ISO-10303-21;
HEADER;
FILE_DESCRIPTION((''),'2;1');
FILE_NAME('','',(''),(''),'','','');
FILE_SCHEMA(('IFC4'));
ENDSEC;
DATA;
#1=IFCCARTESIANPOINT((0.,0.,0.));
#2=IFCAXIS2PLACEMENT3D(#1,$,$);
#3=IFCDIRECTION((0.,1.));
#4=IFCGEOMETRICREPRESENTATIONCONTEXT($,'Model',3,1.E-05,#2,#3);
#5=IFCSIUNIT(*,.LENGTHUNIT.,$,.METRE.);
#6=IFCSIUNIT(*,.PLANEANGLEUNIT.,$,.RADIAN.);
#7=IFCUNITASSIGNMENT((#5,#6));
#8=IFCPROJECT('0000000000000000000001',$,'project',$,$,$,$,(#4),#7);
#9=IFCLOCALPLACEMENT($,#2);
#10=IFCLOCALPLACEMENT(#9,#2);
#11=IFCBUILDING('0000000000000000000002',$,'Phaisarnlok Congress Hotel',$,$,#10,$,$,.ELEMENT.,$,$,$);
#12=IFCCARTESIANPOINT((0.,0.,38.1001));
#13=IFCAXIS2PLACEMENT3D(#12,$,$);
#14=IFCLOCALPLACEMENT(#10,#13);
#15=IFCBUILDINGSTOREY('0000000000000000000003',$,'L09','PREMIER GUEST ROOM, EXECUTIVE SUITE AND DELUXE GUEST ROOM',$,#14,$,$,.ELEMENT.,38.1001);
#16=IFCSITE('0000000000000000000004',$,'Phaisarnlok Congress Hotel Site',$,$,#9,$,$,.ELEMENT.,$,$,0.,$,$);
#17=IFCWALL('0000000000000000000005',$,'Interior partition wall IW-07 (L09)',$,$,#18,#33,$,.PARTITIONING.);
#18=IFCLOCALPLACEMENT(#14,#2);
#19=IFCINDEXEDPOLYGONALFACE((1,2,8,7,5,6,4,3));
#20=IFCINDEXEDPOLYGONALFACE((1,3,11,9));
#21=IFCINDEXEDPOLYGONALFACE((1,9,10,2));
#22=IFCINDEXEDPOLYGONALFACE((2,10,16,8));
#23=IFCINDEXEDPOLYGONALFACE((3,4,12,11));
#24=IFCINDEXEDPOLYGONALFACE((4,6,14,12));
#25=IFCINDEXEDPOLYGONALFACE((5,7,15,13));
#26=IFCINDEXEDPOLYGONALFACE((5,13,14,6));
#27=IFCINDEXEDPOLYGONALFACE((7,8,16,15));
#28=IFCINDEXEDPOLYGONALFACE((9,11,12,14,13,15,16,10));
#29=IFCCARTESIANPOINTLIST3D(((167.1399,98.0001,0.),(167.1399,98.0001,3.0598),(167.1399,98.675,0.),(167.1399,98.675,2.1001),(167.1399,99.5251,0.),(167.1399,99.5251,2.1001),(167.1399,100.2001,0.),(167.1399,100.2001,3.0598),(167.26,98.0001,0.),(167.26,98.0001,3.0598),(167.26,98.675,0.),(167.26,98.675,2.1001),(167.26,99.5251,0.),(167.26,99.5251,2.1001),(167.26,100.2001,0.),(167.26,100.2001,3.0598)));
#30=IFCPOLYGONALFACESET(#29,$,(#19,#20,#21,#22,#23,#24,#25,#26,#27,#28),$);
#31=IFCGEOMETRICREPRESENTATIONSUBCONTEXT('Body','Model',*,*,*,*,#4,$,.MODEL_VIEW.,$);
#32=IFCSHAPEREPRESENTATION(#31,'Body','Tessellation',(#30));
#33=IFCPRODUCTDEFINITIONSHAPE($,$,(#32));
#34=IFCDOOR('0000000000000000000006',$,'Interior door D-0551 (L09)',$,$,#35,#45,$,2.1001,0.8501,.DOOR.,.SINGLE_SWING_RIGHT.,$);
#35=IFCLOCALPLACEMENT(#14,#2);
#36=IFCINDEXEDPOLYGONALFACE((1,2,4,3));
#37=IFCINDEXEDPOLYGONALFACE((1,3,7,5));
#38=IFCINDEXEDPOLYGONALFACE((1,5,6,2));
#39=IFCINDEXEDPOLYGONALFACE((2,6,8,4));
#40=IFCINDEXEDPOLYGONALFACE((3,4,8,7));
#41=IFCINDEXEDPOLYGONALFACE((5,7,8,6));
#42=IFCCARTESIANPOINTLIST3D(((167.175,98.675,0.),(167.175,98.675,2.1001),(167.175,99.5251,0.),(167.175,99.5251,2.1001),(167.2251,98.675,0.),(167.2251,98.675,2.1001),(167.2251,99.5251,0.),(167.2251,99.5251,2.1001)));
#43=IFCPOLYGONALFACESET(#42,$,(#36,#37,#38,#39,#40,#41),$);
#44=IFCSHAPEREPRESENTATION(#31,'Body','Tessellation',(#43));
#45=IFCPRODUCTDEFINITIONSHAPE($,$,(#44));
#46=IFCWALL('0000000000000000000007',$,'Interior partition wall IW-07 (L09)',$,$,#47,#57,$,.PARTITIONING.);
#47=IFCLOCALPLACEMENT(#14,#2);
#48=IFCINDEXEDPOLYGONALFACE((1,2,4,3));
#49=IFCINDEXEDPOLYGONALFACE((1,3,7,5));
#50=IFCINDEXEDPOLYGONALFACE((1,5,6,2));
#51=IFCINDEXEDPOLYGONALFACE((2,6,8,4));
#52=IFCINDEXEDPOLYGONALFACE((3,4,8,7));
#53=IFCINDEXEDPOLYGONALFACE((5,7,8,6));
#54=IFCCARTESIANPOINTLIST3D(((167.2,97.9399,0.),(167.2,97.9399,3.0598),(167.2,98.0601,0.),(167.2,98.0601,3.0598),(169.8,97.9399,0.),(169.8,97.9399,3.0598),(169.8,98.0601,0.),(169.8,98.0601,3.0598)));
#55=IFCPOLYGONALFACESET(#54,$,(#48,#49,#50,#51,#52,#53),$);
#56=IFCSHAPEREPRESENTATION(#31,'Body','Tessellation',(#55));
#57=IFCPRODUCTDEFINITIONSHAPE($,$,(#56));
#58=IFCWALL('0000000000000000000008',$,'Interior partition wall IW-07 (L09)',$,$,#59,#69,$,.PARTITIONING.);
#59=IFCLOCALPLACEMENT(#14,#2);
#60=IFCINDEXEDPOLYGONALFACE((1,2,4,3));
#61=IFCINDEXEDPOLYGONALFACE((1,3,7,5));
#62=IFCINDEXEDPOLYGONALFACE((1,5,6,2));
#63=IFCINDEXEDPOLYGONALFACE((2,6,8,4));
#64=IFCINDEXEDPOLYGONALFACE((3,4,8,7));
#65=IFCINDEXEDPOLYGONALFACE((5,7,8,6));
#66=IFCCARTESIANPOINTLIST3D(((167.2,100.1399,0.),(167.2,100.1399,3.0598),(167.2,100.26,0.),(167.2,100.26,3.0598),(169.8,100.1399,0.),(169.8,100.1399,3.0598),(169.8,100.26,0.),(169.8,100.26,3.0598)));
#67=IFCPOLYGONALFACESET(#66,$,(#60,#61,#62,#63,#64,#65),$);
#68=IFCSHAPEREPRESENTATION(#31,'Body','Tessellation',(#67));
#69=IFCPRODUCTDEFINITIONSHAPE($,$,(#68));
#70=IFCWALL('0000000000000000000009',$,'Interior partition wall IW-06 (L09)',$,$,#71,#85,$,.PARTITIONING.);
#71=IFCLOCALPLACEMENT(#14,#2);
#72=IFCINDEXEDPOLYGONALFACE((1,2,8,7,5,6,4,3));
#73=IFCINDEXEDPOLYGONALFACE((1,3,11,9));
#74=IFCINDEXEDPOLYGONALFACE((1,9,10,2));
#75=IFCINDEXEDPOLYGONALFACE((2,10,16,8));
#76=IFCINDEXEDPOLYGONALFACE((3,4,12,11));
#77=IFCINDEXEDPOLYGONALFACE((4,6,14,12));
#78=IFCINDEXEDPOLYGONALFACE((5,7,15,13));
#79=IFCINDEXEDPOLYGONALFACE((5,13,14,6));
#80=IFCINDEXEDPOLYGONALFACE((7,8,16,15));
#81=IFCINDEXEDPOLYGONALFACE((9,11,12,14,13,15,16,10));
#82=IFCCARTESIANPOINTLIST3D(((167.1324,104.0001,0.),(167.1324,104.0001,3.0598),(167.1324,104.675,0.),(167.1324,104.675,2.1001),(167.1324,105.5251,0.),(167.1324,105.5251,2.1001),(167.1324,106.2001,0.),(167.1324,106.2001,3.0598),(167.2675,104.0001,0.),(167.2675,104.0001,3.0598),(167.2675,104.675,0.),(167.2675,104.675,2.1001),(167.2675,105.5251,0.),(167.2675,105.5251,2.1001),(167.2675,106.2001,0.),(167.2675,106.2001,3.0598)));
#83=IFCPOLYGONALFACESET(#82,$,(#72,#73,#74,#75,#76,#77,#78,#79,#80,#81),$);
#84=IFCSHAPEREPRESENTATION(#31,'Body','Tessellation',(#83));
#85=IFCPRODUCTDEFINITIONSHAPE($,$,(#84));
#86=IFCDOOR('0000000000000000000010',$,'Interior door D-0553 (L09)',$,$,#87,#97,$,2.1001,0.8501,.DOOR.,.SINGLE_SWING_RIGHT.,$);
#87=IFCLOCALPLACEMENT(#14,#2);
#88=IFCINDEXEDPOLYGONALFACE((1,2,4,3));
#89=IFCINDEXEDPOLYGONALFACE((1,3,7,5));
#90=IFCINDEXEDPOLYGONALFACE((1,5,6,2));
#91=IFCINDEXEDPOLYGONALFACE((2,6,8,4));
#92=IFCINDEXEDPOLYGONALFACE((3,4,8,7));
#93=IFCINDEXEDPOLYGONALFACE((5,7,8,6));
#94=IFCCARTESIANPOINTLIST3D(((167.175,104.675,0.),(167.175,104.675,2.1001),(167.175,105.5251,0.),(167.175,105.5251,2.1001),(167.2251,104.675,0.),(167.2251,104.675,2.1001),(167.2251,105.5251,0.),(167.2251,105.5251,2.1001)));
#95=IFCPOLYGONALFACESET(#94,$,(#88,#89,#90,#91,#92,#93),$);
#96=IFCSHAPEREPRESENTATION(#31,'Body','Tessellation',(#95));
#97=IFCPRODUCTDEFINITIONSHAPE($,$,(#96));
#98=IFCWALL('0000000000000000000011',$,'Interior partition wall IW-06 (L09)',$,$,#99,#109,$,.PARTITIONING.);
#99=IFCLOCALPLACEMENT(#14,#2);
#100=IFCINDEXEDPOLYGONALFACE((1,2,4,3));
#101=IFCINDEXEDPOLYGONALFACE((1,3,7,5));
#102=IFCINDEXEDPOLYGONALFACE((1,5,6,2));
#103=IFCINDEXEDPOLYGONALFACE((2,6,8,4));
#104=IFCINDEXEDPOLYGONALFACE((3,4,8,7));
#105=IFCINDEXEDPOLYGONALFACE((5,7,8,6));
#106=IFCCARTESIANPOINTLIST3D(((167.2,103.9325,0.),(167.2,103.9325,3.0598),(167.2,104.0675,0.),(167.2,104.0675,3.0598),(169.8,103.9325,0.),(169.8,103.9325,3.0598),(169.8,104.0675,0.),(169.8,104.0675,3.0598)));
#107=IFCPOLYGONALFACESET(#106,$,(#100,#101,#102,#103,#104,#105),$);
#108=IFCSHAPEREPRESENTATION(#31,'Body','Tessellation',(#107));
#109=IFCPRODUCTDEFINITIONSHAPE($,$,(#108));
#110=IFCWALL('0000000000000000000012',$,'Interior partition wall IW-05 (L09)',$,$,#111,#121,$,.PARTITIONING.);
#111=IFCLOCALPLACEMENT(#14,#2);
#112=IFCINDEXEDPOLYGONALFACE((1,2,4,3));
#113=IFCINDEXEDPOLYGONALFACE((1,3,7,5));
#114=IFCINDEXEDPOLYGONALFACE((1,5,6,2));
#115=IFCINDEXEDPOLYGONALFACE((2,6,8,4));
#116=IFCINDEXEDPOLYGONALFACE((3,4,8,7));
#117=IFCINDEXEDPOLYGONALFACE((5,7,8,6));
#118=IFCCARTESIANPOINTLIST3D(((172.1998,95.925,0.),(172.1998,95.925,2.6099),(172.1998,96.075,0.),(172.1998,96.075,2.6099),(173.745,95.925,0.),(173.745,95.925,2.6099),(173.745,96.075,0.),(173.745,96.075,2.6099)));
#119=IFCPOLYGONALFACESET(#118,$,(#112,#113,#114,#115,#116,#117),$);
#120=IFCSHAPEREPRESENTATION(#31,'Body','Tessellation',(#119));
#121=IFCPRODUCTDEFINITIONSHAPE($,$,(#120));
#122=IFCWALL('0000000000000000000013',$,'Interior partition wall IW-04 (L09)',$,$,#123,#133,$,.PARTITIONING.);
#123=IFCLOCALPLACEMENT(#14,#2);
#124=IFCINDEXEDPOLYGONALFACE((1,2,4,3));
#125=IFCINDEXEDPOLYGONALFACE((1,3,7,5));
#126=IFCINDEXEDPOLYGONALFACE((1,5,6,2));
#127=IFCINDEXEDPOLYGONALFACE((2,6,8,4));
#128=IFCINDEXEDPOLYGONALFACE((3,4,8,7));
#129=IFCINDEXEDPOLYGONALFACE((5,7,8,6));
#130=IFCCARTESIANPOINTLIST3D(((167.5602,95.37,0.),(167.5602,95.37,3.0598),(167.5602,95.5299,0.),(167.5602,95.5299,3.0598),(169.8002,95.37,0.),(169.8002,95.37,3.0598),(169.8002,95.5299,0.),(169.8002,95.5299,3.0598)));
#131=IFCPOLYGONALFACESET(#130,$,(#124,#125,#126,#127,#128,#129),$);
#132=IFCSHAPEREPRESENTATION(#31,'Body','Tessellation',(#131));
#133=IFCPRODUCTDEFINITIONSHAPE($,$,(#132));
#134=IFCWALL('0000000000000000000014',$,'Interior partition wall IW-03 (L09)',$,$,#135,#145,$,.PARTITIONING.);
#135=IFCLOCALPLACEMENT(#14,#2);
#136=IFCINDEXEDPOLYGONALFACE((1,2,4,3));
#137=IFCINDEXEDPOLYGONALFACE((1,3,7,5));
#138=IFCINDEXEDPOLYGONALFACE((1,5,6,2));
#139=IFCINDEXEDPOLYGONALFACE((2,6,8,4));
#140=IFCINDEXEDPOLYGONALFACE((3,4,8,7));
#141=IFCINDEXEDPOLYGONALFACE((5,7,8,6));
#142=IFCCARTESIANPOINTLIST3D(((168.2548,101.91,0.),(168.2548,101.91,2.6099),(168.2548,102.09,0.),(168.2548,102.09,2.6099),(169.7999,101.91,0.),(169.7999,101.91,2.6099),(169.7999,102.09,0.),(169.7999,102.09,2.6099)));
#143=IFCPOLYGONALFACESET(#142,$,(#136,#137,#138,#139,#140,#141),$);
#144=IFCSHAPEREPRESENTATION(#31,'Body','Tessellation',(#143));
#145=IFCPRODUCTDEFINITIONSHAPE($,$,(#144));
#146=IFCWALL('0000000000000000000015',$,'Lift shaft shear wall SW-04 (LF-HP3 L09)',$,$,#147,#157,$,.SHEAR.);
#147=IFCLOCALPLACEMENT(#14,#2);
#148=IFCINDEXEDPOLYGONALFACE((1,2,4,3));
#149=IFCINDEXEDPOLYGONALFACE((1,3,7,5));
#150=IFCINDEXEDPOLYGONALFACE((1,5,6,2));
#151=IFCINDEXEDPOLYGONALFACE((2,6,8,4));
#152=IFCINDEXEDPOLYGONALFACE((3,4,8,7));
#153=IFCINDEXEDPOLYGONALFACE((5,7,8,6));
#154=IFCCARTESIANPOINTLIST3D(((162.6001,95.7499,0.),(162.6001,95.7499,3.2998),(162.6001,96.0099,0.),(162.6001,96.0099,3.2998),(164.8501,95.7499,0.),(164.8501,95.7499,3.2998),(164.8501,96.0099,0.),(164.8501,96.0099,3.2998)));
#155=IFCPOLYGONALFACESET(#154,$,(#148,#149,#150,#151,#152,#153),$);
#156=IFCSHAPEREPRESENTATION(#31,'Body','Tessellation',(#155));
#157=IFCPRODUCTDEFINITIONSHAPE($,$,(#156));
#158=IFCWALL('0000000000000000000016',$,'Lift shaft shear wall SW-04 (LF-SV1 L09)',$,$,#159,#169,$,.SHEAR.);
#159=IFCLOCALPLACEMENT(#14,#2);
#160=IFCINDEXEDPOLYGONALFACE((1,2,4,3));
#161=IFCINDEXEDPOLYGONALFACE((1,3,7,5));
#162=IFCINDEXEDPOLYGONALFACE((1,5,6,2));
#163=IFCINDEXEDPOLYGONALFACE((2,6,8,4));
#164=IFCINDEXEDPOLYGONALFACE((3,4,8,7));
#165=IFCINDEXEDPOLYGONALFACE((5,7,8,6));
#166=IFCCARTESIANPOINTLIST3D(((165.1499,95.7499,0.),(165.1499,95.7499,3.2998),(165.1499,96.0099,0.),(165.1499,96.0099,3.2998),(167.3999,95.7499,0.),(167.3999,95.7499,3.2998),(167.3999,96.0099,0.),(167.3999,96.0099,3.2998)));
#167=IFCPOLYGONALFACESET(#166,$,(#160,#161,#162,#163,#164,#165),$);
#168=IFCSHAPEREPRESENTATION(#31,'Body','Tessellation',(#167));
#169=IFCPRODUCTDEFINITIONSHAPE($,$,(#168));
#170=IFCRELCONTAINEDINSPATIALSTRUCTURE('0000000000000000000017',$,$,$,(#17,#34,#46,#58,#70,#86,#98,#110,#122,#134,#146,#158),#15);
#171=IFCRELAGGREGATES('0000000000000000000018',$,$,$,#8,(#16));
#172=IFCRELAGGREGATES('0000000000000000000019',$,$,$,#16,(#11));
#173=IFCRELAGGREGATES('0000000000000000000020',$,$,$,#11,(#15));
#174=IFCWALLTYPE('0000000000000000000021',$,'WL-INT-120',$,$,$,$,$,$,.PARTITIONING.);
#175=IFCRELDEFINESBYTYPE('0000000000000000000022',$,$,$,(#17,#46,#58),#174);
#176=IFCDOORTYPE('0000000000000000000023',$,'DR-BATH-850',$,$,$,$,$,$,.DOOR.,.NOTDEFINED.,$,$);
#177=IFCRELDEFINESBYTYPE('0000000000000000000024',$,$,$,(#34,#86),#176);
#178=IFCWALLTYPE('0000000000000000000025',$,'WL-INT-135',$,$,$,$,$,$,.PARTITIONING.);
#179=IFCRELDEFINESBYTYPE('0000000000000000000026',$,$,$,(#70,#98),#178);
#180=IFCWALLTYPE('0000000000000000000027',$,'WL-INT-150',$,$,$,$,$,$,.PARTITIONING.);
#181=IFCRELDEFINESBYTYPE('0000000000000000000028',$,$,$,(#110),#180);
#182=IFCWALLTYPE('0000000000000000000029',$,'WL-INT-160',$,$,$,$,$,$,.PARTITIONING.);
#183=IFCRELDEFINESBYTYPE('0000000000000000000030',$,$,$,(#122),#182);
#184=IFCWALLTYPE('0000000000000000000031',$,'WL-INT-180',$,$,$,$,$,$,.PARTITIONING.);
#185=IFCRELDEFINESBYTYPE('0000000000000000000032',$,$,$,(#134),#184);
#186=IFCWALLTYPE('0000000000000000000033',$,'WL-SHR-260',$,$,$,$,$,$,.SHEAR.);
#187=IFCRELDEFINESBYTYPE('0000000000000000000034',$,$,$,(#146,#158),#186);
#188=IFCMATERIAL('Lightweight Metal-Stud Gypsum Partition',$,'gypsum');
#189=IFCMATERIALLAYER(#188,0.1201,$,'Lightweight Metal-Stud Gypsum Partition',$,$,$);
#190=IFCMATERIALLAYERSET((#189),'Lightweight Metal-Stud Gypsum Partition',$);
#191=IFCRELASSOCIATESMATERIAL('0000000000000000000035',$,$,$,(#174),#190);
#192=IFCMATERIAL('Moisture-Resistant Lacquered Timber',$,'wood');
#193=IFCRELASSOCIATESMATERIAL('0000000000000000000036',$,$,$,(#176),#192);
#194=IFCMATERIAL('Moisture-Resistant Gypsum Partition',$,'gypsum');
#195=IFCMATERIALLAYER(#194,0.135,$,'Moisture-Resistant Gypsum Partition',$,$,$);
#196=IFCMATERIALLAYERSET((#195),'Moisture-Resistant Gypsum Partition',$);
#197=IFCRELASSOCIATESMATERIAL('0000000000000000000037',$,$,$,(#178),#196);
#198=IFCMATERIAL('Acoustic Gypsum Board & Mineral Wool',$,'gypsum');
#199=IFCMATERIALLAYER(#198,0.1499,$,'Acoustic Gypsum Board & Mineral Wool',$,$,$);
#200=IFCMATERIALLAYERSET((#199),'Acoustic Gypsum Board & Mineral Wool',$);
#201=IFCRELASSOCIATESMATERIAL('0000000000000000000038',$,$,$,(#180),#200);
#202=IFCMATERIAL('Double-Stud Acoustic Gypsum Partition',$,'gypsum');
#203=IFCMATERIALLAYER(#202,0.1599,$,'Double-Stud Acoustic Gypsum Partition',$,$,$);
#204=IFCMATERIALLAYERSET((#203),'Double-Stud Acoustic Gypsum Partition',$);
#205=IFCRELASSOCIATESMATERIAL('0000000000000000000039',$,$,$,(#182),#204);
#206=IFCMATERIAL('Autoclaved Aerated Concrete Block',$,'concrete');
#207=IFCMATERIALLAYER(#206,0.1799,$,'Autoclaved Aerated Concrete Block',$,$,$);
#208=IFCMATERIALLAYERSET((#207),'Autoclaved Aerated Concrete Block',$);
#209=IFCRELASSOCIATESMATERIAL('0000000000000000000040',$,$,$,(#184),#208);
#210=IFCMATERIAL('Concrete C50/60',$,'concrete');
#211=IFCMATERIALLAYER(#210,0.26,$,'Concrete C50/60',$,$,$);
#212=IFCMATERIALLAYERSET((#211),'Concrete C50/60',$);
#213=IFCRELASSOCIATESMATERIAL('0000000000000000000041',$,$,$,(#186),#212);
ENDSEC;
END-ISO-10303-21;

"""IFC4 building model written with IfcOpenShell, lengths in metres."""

from ifc_helpers import new_model, si_unit, direction, frame, frame_2d, origin, place, context, subcontext, project, spatial, rectangle, extrude, material, layer, layer_set, type_object, element, fill, save


model = new_model("IFC4")

# Units and contexts
model_context = context("Model", 3, precision=1e-05, world=origin(), true_north=direction((0.0, 1.0)))
body_context = subcontext(model_context, "Body", "Model", "MODEL_VIEW")
ifc_project = project(units=[si_unit("LENGTHUNIT", "METRE"), si_unit("PLANEANGLEUNIT", "RADIAN")], contexts=[model_context])

# Site, building, storey
site_placement = place(None, origin())
site = spatial("IfcSite", under=ifc_project, at=site_placement, Name="Phaisarnlok Congress Hotel Site", CompositionType="ELEMENT", RefElevation=0.0)
building_placement = place(site_placement, origin())
building = spatial("IfcBuilding", under=site, at=building_placement, Name="Phaisarnlok Congress Hotel", CompositionType="ELEMENT")
storey_placement = place(building_placement, frame((0.0, 0.0, 38.1001)))
storey = spatial("IfcBuildingStorey", under=building, at=storey_placement, Name="L09", Description="PREMIER GUEST ROOM, EXECUTIVE SUITE AND DELUXE GUEST ROOM", CompositionType="ELEMENT", Elevation=38.1001)

# Shared definitions
ifc_material_1 = material(Name="Concrete C50/60", Category="concrete")

# Wall, opening, door
ifc_material_2 = material(Name="Lightweight Metal-Stud Gypsum Partition", Category="gypsum")
ifc_layer_1 = layer(ifc_material_2, 0.1201, Name="Lightweight Metal-Stud Gypsum Partition")
ifc_layer_set_1 = layer_set([ifc_layer_1], Name="Lightweight Metal-Stud Gypsum Partition")
wall_type_1 = type_object("IfcWallType", Name="WL-INT-120", PredefinedType="PARTITIONING", material=ifc_layer_set_1)
wall_1_placement = place(storey_placement, frame((167.2, 98.0, 0.0), z_axis=(0.0, 0.0, 1.0), x_axis=(0.0, 1.0, 0.0)))
wall_1 = element("IfcWall", 1, at=wall_1_placement, inside=storey, type_object=wall_type_1, Name="Interior partition wall IW-07 (L09)", PredefinedType="PARTITIONING", context=body_context, shape_type="SweptSolid", body=[
    extrude(rectangle(XDim=2.2, YDim=0.1201, at=frame_2d((1.1001, 0.0))), origin(), (0.0, 0.0, 1.0), 3.0598),
])
opening_1_placement = place(wall_1_placement, frame((0.675, 0.0, 0.0)))
opening_1 = element("IfcOpeningElement", 2, at=opening_1_placement, cuts=wall_1, PredefinedType="OPENING", context=body_context, shape_type="SweptSolid", body=[
    extrude(rectangle(XDim=0.8501, YDim=2.1001, at=frame_2d((0.425, 1.05))), frame((0.0, 0.0701, 0.0), z_axis=(0.0, -1.0, 0.0), x_axis=(1.0, 0.0, 0.0)), (0.0, 0.0, 1.0), 0.1401),
])
ifc_material_3 = material(Name="Moisture-Resistant Lacquered Timber", Category="wood")
door_type = type_object("IfcDoorType", Name="DR-BATH-850", OperationType="NOTDEFINED", PredefinedType="DOOR", material=ifc_material_3)
door_1_placement = place(opening_1_placement, origin())
door_1 = element("IfcDoor", 3, at=door_1_placement, inside=storey, type_object=door_type, Name="Interior door D-0551 (L09)", OperationType="SINGLE_SWING_RIGHT", OverallHeight=2.1001, OverallWidth=0.8501, PredefinedType="DOOR", context=body_context, shape_type="SweptSolid", body=[
    extrude(rectangle(XDim=0.8501, YDim=2.1001, at=frame_2d((0.425, 1.05))), frame((0.0, 0.0249, 0.0), z_axis=(0.0, -1.0, 0.0), x_axis=(1.0, 0.0, 0.0)), (0.0, 0.0, 1.0), 0.05),
])
fill(opening_1, door_1)

# Walls
for number, where, z_axis, x_axis, name in (
    (4, (167.2, 98.0, 0.0), (0.0, 0.0, 1.0), (1.0, 0.0, 0.0), "Interior partition wall IW-07 (L09)"),
    (5, (167.2, 100.2, 0.0), (0.0, 0.0, 1.0), (1.0, 0.0, 0.0), "Interior partition wall IW-07 (L09)"),
):
    element("IfcWall", number, at=place(storey_placement, frame(where, z_axis=z_axis, x_axis=x_axis)), inside=storey, type_object=wall_type_1, Name=name, PredefinedType="PARTITIONING", context=body_context, shape_type="SweptSolid", body=[
        extrude(rectangle(XDim=2.6001, YDim=0.1201, at=frame_2d((1.3, 0.0))), origin(), (0.0, 0.0, 1.0), 3.0598),
    ])

# Wall, opening, door
ifc_material_4 = material(Name="Moisture-Resistant Gypsum Partition", Category="gypsum")
ifc_layer_2 = layer(ifc_material_4, 0.135, Name="Moisture-Resistant Gypsum Partition")
ifc_layer_set_2 = layer_set([ifc_layer_2], Name="Moisture-Resistant Gypsum Partition")
wall_type_2 = type_object("IfcWallType", Name="WL-INT-135", PredefinedType="PARTITIONING", material=ifc_layer_set_2)
wall_2_placement = place(storey_placement, frame((167.2, 104.0, 0.0), z_axis=(0.0, 0.0, 1.0), x_axis=(0.0, 1.0, 0.0)))
wall_2 = element("IfcWall", 6, at=wall_2_placement, inside=storey, type_object=wall_type_2, Name="Interior partition wall IW-06 (L09)", PredefinedType="PARTITIONING", context=body_context, shape_type="SweptSolid", body=[
    extrude(rectangle(XDim=2.2, YDim=0.135, at=frame_2d((1.1001, 0.0))), origin(), (0.0, 0.0, 1.0), 3.0598),
])
opening_2_placement = place(wall_2_placement, frame((0.675, 0.0, 0.0)))
opening_2 = element("IfcOpeningElement", 7, at=opening_2_placement, cuts=wall_2, PredefinedType="OPENING", context=body_context, shape_type="SweptSolid", body=[
    extrude(rectangle(XDim=0.8501, YDim=2.1001, at=frame_2d((0.425, 1.05))), frame((0.0, 0.0776, 0.0), z_axis=(0.0, -1.0, 0.0), x_axis=(1.0, 0.0, 0.0)), (0.0, 0.0, 1.0), 0.155),
])
door_2_placement = place(opening_2_placement, origin())
door_2 = element("IfcDoor", 8, at=door_2_placement, inside=storey, type_object=door_type, Name="Interior door D-0553 (L09)", OperationType="SINGLE_SWING_RIGHT", OverallHeight=2.1001, OverallWidth=0.8501, PredefinedType="DOOR", context=body_context, shape_type="SweptSolid", body=[
    extrude(rectangle(XDim=0.8501, YDim=2.1001, at=frame_2d((0.425, 1.05))), frame((0.0, 0.0249, 0.0), z_axis=(0.0, -1.0, 0.0), x_axis=(1.0, 0.0, 0.0)), (0.0, 0.0, 1.0), 0.05),
])
fill(opening_2, door_2)

# Walls
wall_3_placement = place(storey_placement, frame((167.2, 104.0, 0.0), z_axis=(0.0, 0.0, 1.0), x_axis=(1.0, 0.0, 0.0)))
element("IfcWall", 9, at=wall_3_placement, inside=storey, type_object=wall_type_2, Name="Interior partition wall IW-06 (L09)", PredefinedType="PARTITIONING", context=body_context, shape_type="SweptSolid", body=[
    extrude(rectangle(XDim=2.6001, YDim=0.135, at=frame_2d((1.3, 0.0))), origin(), (0.0, 0.0, 1.0), 3.0598),
])
ifc_material_5 = material(Name="Acoustic Gypsum Board & Mineral Wool", Category="gypsum")
ifc_layer_3 = layer(ifc_material_5, 0.1499, Name="Acoustic Gypsum Board & Mineral Wool")
ifc_layer_set_3 = layer_set([ifc_layer_3], Name="Acoustic Gypsum Board & Mineral Wool")
wall_type_3 = type_object("IfcWallType", Name="WL-INT-150", PredefinedType="PARTITIONING", material=ifc_layer_set_3)
wall_4_placement = place(storey_placement, frame((172.2, 96.0, 0.0), z_axis=(0.0, 0.0, 1.0), x_axis=(1.0, 0.0, 0.0)))
element("IfcWall", 10, at=wall_4_placement, inside=storey, type_object=wall_type_3, Name="Interior partition wall IW-05 (L09)", PredefinedType="PARTITIONING", context=body_context, shape_type="SweptSolid", body=[
    extrude(rectangle(XDim=1.5452, YDim=0.1499, at=frame_2d((0.7725, 0.0))), origin(), (0.0, 0.0, 1.0), 2.6099),
])
ifc_material_6 = material(Name="Double-Stud Acoustic Gypsum Partition", Category="gypsum")
ifc_layer_4 = layer(ifc_material_6, 0.1599, Name="Double-Stud Acoustic Gypsum Partition")
ifc_layer_set_4 = layer_set([ifc_layer_4], Name="Double-Stud Acoustic Gypsum Partition")
wall_type_4 = type_object("IfcWallType", Name="WL-INT-160", PredefinedType="PARTITIONING", material=ifc_layer_set_4)
wall_5_placement = place(storey_placement, frame((167.5601, 95.45, 0.0), z_axis=(0.0, 0.0, 1.0), x_axis=(1.0, 0.0, 0.0)))
element("IfcWall", 11, at=wall_5_placement, inside=storey, type_object=wall_type_4, Name="Interior partition wall IW-04 (L09)", PredefinedType="PARTITIONING", context=body_context, shape_type="SweptSolid", body=[
    extrude(rectangle(XDim=2.24, YDim=0.1599, at=frame_2d((1.1201, 0.0))), origin(), (0.0, 0.0, 1.0), 3.0598),
])
ifc_material_7 = material(Name="Autoclaved Aerated Concrete Block", Category="concrete")
ifc_layer_5 = layer(ifc_material_7, 0.1799, Name="Autoclaved Aerated Concrete Block")
ifc_layer_set_5 = layer_set([ifc_layer_5], Name="Autoclaved Aerated Concrete Block")
wall_type_5 = type_object("IfcWallType", Name="WL-INT-180", PredefinedType="PARTITIONING", material=ifc_layer_set_5)
wall_6_placement = place(storey_placement, frame((168.2549, 102.0, 0.0), z_axis=(0.0, 0.0, 1.0), x_axis=(1.0, 0.0, 0.0)))
element("IfcWall", 12, at=wall_6_placement, inside=storey, type_object=wall_type_5, Name="Interior partition wall IW-03 (L09)", PredefinedType="PARTITIONING", context=body_context, shape_type="SweptSolid", body=[
    extrude(rectangle(XDim=1.5452, YDim=0.1799, at=frame_2d((0.7725, 0.0))), origin(), (0.0, 0.0, 1.0), 2.6099),
])
ifc_layer_6 = layer(ifc_material_1, 0.26, Name="Concrete C50/60")
ifc_layer_set_6 = layer_set([ifc_layer_6], Name="Concrete C50/60")
wall_type_6 = type_object("IfcWallType", Name="WL-SHR-260", PredefinedType="SHEAR", material=ifc_layer_set_6)
for number, where, z_axis, x_axis, name in (
    (13, (162.6001, 95.8799, 0.0), (0.0, 0.0, 1.0), (1.0, 0.0, 0.0), "Lift shaft shear wall SW-04 (LF-HP3 L09)"),
    (14, (165.1499, 95.8799, 0.0), (0.0, 0.0, 1.0), (1.0, 0.0, 0.0), "Lift shaft shear wall SW-04 (LF-SV1 L09)"),
):
    element("IfcWall", number, at=place(storey_placement, frame(where, z_axis=z_axis, x_axis=x_axis)), inside=storey, type_object=wall_type_6, Name=name, PredefinedType="SHEAR", context=body_context, shape_type="SweptSolid", body=[
        extrude(rectangle(XDim=2.25, YDim=0.26, at=frame_2d((1.125, 0.0))), origin(), (0.0, 0.0, 1.0), 3.2998),
    ])

save(model, "model.ifc")
